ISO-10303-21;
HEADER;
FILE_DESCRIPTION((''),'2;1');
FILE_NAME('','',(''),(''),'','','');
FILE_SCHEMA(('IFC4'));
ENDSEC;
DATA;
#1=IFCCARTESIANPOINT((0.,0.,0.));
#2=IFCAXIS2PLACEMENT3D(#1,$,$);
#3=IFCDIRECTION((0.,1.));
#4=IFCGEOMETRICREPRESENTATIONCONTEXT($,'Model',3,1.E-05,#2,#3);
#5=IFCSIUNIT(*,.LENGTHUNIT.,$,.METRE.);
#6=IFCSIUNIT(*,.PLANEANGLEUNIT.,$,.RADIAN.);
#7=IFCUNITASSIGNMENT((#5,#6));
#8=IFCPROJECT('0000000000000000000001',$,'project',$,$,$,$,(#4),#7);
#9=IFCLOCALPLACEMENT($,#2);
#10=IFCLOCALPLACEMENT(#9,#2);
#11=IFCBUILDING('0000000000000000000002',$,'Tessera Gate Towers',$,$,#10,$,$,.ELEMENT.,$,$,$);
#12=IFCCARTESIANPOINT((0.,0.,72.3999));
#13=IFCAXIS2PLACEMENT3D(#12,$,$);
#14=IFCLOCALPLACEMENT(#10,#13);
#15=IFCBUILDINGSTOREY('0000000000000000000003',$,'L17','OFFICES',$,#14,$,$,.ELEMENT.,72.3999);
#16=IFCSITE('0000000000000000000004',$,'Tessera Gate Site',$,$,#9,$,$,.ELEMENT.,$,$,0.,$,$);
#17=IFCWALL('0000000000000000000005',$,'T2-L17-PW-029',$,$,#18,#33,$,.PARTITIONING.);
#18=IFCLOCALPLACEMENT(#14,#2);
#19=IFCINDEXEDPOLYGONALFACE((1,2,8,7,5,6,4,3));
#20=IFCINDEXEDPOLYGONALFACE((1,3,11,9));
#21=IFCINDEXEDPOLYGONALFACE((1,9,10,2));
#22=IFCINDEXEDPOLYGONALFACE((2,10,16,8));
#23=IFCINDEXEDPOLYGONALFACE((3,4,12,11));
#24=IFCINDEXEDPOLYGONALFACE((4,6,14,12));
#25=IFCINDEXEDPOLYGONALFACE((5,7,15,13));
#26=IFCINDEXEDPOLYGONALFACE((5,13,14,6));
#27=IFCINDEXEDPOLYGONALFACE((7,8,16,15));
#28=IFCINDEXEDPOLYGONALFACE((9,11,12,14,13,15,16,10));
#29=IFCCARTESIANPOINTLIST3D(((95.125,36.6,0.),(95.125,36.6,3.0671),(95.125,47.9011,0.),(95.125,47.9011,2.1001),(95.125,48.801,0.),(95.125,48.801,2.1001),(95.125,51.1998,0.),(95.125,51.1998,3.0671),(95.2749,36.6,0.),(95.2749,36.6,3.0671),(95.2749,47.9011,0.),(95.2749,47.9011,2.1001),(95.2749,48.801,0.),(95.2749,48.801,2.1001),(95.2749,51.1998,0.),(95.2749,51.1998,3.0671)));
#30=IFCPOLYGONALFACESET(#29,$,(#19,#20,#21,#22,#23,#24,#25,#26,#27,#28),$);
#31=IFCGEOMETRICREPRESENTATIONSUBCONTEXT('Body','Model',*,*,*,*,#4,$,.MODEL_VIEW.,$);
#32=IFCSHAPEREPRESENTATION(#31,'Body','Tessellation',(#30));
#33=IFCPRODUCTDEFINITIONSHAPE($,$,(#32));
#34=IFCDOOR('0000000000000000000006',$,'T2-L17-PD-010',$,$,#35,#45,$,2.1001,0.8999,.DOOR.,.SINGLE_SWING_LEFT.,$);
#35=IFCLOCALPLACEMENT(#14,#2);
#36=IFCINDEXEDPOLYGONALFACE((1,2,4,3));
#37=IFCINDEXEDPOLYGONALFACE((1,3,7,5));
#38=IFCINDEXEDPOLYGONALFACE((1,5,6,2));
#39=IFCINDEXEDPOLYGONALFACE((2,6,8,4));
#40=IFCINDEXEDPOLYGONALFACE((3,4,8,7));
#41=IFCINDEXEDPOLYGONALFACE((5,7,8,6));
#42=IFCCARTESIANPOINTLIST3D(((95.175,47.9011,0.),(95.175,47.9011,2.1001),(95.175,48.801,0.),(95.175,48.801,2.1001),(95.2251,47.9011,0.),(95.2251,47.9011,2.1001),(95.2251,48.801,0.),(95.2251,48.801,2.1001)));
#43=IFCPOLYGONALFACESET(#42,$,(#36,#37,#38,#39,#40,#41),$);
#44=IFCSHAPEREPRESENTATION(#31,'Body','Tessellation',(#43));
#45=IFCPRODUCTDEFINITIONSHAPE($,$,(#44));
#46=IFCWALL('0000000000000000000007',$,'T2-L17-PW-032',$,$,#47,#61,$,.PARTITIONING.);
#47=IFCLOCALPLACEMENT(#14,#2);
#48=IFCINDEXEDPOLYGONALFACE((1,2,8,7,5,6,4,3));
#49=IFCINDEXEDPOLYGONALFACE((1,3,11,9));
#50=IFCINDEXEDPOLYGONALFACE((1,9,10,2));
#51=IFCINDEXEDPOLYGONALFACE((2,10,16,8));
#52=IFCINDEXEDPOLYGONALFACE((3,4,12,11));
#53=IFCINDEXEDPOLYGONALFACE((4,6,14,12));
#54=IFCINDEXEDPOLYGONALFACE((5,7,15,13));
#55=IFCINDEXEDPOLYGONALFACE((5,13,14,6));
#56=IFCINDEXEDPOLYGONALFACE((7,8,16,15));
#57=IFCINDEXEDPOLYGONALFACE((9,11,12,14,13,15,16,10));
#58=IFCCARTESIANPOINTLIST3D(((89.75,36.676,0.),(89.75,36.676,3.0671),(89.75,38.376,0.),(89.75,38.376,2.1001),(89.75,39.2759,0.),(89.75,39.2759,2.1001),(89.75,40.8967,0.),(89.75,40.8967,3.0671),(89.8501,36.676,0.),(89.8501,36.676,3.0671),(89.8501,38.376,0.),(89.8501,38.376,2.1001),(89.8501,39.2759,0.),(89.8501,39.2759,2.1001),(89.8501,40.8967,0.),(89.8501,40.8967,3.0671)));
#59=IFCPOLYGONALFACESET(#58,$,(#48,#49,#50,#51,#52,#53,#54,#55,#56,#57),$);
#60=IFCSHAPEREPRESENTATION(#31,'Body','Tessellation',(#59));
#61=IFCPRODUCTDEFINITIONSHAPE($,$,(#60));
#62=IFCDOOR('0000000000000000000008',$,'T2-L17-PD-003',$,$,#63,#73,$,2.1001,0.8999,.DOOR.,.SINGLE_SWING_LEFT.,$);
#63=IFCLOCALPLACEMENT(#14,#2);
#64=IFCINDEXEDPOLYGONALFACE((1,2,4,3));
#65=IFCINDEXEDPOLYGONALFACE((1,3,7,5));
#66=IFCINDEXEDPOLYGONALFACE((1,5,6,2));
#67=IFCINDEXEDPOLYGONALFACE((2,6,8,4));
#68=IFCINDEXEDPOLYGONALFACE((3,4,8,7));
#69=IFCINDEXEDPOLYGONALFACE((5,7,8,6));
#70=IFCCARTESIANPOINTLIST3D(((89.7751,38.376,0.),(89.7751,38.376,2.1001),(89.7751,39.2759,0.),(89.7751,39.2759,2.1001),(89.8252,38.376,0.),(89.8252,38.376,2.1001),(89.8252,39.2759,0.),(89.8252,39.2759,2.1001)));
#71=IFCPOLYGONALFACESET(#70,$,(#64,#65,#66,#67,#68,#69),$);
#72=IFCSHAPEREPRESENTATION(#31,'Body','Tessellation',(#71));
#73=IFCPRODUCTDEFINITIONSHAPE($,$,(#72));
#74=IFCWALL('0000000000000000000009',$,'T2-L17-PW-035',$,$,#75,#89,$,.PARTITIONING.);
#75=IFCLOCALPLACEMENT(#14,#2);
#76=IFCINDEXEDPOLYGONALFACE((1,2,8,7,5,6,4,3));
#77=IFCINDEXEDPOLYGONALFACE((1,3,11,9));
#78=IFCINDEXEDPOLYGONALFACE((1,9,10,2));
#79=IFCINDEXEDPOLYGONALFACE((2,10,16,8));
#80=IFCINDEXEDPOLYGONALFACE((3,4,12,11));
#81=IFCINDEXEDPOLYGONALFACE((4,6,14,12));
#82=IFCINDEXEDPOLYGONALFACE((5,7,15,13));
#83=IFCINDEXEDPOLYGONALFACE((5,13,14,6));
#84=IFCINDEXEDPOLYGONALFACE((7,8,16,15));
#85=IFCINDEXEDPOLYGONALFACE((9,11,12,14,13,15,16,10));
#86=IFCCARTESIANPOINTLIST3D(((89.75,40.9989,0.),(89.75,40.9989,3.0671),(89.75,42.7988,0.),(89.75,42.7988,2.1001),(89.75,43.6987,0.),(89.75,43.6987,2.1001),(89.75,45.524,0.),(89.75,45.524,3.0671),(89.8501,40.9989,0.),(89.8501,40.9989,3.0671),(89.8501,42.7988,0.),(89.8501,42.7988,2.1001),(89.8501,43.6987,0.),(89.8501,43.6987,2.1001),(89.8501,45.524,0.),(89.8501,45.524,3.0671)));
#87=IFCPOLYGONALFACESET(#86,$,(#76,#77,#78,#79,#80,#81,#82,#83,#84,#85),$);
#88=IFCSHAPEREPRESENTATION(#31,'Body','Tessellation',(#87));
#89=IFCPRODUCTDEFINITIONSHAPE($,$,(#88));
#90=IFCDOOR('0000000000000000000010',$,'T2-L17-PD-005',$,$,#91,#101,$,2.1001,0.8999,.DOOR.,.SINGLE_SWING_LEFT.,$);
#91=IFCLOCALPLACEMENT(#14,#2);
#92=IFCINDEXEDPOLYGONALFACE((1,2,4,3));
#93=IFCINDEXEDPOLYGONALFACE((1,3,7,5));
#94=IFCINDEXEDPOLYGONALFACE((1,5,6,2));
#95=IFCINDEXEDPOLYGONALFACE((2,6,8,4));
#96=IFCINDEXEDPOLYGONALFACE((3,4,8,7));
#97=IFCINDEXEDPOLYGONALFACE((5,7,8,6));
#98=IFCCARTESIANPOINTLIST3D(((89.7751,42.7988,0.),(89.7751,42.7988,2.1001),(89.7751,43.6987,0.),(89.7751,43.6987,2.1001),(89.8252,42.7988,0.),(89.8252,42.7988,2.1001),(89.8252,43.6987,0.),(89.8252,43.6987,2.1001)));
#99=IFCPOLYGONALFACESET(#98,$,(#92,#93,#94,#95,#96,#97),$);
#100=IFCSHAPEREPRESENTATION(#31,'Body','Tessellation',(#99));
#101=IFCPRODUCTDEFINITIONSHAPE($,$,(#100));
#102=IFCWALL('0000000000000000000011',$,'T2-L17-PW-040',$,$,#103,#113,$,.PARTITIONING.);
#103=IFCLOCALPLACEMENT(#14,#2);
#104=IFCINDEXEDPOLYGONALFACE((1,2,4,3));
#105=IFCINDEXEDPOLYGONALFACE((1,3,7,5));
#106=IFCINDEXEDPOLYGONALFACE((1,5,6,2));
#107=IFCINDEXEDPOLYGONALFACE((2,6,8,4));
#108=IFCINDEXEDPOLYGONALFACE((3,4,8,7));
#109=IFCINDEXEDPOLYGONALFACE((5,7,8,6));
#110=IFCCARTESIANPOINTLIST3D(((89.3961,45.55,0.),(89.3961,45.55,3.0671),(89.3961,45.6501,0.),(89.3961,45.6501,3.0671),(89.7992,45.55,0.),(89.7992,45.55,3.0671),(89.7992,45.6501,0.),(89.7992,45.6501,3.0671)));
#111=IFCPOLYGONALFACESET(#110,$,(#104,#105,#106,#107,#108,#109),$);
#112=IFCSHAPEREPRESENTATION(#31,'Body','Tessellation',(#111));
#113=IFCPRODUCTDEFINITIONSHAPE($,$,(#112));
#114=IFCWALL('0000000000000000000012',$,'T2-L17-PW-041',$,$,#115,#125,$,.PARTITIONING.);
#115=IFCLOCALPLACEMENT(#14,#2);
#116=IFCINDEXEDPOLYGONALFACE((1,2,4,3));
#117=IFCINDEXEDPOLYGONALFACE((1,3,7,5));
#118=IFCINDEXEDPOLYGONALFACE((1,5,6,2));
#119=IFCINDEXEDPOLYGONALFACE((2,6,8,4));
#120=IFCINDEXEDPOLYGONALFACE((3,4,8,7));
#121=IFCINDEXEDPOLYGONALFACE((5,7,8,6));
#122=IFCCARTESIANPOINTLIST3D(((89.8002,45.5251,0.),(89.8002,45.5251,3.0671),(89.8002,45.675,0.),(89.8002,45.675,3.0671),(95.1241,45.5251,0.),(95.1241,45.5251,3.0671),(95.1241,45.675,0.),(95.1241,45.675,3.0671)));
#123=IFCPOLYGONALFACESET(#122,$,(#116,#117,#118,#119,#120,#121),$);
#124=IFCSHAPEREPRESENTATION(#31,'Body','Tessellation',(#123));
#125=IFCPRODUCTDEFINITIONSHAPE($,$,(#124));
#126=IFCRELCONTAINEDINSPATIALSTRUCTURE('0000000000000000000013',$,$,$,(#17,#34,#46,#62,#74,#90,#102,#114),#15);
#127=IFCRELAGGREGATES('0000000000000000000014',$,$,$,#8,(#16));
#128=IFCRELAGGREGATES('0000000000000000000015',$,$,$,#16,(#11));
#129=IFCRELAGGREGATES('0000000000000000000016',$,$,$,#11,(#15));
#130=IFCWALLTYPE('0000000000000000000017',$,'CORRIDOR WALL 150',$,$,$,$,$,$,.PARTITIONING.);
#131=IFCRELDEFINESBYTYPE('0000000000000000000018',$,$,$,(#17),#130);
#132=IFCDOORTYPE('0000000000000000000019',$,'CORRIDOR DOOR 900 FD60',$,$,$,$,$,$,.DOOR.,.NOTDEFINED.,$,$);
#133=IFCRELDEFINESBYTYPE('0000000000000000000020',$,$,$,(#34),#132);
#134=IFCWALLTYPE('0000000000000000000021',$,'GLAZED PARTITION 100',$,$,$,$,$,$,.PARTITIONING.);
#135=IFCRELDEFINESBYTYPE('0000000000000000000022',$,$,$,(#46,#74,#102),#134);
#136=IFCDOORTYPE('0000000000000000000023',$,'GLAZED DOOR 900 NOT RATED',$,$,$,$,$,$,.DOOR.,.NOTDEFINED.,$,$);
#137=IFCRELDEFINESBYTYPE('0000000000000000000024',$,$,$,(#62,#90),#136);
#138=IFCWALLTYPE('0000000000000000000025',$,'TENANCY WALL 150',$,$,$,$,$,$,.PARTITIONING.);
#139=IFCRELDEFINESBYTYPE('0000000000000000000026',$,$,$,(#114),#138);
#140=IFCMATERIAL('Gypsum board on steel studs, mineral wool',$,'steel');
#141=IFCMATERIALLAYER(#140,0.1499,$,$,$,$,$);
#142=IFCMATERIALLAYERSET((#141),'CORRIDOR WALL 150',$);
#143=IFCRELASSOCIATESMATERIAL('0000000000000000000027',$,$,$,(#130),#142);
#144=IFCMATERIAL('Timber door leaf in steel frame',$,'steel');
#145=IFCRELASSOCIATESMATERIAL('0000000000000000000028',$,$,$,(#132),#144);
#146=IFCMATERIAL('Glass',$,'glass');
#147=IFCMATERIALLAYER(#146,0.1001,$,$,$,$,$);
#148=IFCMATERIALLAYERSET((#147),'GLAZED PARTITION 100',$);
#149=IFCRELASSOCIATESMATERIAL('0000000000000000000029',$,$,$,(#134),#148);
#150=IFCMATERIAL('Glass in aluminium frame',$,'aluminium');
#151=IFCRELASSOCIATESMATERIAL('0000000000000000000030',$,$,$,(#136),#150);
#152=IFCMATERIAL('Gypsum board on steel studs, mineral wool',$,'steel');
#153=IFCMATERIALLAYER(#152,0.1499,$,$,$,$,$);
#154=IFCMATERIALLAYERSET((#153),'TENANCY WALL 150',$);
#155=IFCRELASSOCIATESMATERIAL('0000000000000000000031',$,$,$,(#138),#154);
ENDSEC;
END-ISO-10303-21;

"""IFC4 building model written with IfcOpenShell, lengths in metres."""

from ifc_helpers import new_model, si_unit, direction, frame, frame_2d, origin, place, context, subcontext, project, spatial, rectangle, extrude, source, transform, mapped, material, layer, layer_set, type_object, element, fill, save


model = new_model("IFC4")

# Units and contexts
model_context = context("Model", 3, precision=1e-05, world=origin(), true_north=direction((0.0, 1.0)))
body_context = subcontext(model_context, "Body", "Model", "MODEL_VIEW")
ifc_project = project(units=[si_unit("LENGTHUNIT", "METRE"), si_unit("PLANEANGLEUNIT", "RADIAN")], contexts=[model_context])

# Site, building, storey
site_placement = place(None, origin())
site = spatial("IfcSite", under=ifc_project, at=site_placement, Name="Tessera Gate Site", CompositionType="ELEMENT", RefElevation=0.0)
building_placement = place(site_placement, origin())
building = spatial("IfcBuilding", under=site, at=building_placement, Name="Tessera Gate Towers", CompositionType="ELEMENT")
storey_placement = place(building_placement, frame((0.0, 0.0, 72.3999)))
storey = spatial("IfcBuildingStorey", under=building, at=storey_placement, Name="L17", Description="OFFICES", CompositionType="ELEMENT", Elevation=72.3999)

# Walls, openings, doors
ifc_material_1 = material(Name="Gypsum board on steel studs, mineral wool", Category="steel")
ifc_layer_1 = layer(ifc_material_1, 0.1499)
ifc_layer_set_1 = layer_set([ifc_layer_1], Name="CORRIDOR WALL 150")
wall_type_1 = type_object("IfcWallType", Name="CORRIDOR WALL 150", PredefinedType="PARTITIONING", material=ifc_layer_set_1)
wall_1_placement = place(storey_placement, frame((95.2, 36.6001, 0.0), z_axis=(0.0, 0.0, 1.0), x_axis=(0.0, 1.0, 0.0)))
wall_1 = element("IfcWall", 1, at=wall_1_placement, inside=storey, type_object=wall_type_1, Name="T2-L17-PW-029", PredefinedType="PARTITIONING", context=body_context, shape_type="SweptSolid", body=[
    extrude(rectangle(XDim=14.5999, YDim=0.1499, at=frame_2d((7.2998, 0.0))), origin(), (0.0, 0.0, 1.0), 3.0671),
])
shared_shape_1 = source(origin(), body_context, "Body", "SweptSolid", [
    extrude(rectangle(XDim=0.8999, YDim=2.1001, at=frame_2d((0.45, 1.05))), frame((0.0, 0.085, 0.0), z_axis=(0.0, -1.0, 0.0), x_axis=(1.0, 0.0, 0.0)), (0.0, 0.0, 1.0), 0.1699),
])
opening_1_placement = place(wall_1_placement, frame((11.301, 0.0, 0.0)))
opening_1 = element("IfcOpeningElement", 2, at=opening_1_placement, cuts=wall_1, PredefinedType="OPENING", context=body_context, shape_type="MappedRepresentation", body=[
    mapped(shared_shape_1, transform((0.0, 0.0, 0.0), scale=1.0)),
])
ifc_material_2 = material(Name="Timber door leaf in steel frame", Category="steel")
door_type_1 = type_object("IfcDoorType", Name="CORRIDOR DOOR 900 FD60", OperationType="NOTDEFINED", PredefinedType="DOOR", material=ifc_material_2)
shared_shape_2 = source(origin(), body_context, "Body", "SweptSolid", [
    extrude(rectangle(XDim=0.8999, YDim=2.1001, at=frame_2d((0.45, 1.05))), frame((0.0, 0.0249, 0.0), z_axis=(0.0, -1.0, 0.0), x_axis=(1.0, 0.0, 0.0)), (0.0, 0.0, 1.0), 0.05),
])
door_1_placement = place(opening_1_placement, origin())
door_1 = element("IfcDoor", 3, at=door_1_placement, inside=storey, type_object=door_type_1, Name="T2-L17-PD-010", OperationType="SINGLE_SWING_LEFT", OverallHeight=2.1001, OverallWidth=0.8999, PredefinedType="DOOR", context=body_context, shape_type="MappedRepresentation", body=[
    mapped(shared_shape_2, transform((0.0, 0.0, 0.0), scale=1.0)),
])
fill(opening_1, door_1)
ifc_material_3 = material(Name="Glass", Category="glass")
ifc_layer_2 = layer(ifc_material_3, 0.1001)
ifc_layer_set_2 = layer_set([ifc_layer_2], Name="GLAZED PARTITION 100")
wall_type_2 = type_object("IfcWallType", Name="GLAZED PARTITION 100", PredefinedType="PARTITIONING", material=ifc_layer_set_2)
wall_2_placement = place(storey_placement, frame((89.8, 36.676, 0.0), z_axis=(0.0, 0.0, 1.0), x_axis=(0.0, 1.0, 0.0)))
wall_2 = element("IfcWall", 4, at=wall_2_placement, inside=storey, type_object=wall_type_2, Name="T2-L17-PW-032", PredefinedType="PARTITIONING", context=body_context, shape_type="SweptSolid", body=[
    extrude(rectangle(XDim=4.2207, YDim=0.1001, at=frame_2d((2.1104, 0.0))), origin(), (0.0, 0.0, 1.0), 3.0671),
])
shared_shape_3 = source(origin(), body_context, "Body", "SweptSolid", [
    extrude(rectangle(XDim=0.8999, YDim=2.1001, at=frame_2d((0.45, 1.05))), frame((0.0, 0.0601, 0.0), z_axis=(0.0, -1.0, 0.0), x_axis=(1.0, 0.0, 0.0)), (0.0, 0.0, 1.0), 0.1201),
])
opening_2_placement = place(wall_2_placement, frame((1.7, 0.0, 0.0)))
opening_2 = element("IfcOpeningElement", 5, at=opening_2_placement, cuts=wall_2, PredefinedType="OPENING", context=body_context, shape_type="MappedRepresentation", body=[
    mapped(shared_shape_3, transform((0.0, 0.0, 0.0), scale=1.0)),
])
ifc_material_4 = material(Name="Glass in aluminium frame", Category="aluminium")
door_type_2 = type_object("IfcDoorType", Name="GLAZED DOOR 900 NOT RATED", OperationType="NOTDEFINED", PredefinedType="DOOR", material=ifc_material_4)
door_2_placement = place(opening_2_placement, origin())
door_2 = element("IfcDoor", 6, at=door_2_placement, inside=storey, type_object=door_type_2, Name="T2-L17-PD-003", OperationType="SINGLE_SWING_LEFT", OverallHeight=2.1001, OverallWidth=0.8999, PredefinedType="DOOR", context=body_context, shape_type="MappedRepresentation", body=[
    mapped(shared_shape_2, transform((0.0, 0.0, 0.0), scale=1.0)),
])
fill(opening_2, door_2)
wall_3_placement = place(storey_placement, frame((89.8, 40.9988, 0.0), z_axis=(0.0, 0.0, 1.0), x_axis=(0.0, 1.0, 0.0)))
wall_3 = element("IfcWall", 7, at=wall_3_placement, inside=storey, type_object=wall_type_2, Name="T2-L17-PW-035", PredefinedType="PARTITIONING", context=body_context, shape_type="SweptSolid", body=[
    extrude(rectangle(XDim=4.5251, YDim=0.1001, at=frame_2d((2.2627, 0.0))), origin(), (0.0, 0.0, 1.0), 3.0671),
])
opening_3_placement = place(wall_3_placement, frame((1.8, 0.0, 0.0)))
opening_3 = element("IfcOpeningElement", 8, at=opening_3_placement, cuts=wall_3, PredefinedType="OPENING", context=body_context, shape_type="MappedRepresentation", body=[
    mapped(shared_shape_3, transform((0.0, 0.0, 0.0), scale=1.0)),
])
door_3_placement = place(opening_3_placement, origin())
door_3 = element("IfcDoor", 9, at=door_3_placement, inside=storey, type_object=door_type_2, Name="T2-L17-PD-005", OperationType="SINGLE_SWING_LEFT", OverallHeight=2.1001, OverallWidth=0.8999, PredefinedType="DOOR", context=body_context, shape_type="MappedRepresentation", body=[
    mapped(shared_shape_2, transform((0.0, 0.0, 0.0), scale=1.0)),
])
fill(opening_3, door_3)

# Walls
wall_4_placement = place(storey_placement, frame((89.396, 45.6001, 0.0), z_axis=(0.0, 0.0, 1.0), x_axis=(1.0, 0.0, 0.0)))
element("IfcWall", 10, at=wall_4_placement, inside=storey, type_object=wall_type_2, Name="T2-L17-PW-040", PredefinedType="PARTITIONING", context=body_context, shape_type="SweptSolid", body=[
    extrude(rectangle(XDim=0.4031, YDim=0.1001, at=frame_2d((0.2017, 0.0))), origin(), (0.0, 0.0, 1.0), 3.0671),
])
ifc_material_5 = material(Name="Gypsum board on steel studs, mineral wool", Category="steel")
ifc_layer_3 = layer(ifc_material_5, 0.1499)
ifc_layer_set_3 = layer_set([ifc_layer_3], Name="TENANCY WALL 150")
wall_type_3 = type_object("IfcWallType", Name="TENANCY WALL 150", PredefinedType="PARTITIONING", material=ifc_layer_set_3)
wall_5_placement = place(storey_placement, frame((89.8, 45.6001, 0.0), z_axis=(0.0, 0.0, 1.0), x_axis=(1.0, 0.0, 0.0)))
element("IfcWall", 11, at=wall_5_placement, inside=storey, type_object=wall_type_3, Name="T2-L17-PW-041", PredefinedType="PARTITIONING", context=body_context, shape_type="SweptSolid", body=[
    extrude(rectangle(XDim=5.324, YDim=0.1499, at=frame_2d((2.6621, 0.0))), origin(), (0.0, 0.0, 1.0), 3.0671),
])

save(model, "model.ifc")
